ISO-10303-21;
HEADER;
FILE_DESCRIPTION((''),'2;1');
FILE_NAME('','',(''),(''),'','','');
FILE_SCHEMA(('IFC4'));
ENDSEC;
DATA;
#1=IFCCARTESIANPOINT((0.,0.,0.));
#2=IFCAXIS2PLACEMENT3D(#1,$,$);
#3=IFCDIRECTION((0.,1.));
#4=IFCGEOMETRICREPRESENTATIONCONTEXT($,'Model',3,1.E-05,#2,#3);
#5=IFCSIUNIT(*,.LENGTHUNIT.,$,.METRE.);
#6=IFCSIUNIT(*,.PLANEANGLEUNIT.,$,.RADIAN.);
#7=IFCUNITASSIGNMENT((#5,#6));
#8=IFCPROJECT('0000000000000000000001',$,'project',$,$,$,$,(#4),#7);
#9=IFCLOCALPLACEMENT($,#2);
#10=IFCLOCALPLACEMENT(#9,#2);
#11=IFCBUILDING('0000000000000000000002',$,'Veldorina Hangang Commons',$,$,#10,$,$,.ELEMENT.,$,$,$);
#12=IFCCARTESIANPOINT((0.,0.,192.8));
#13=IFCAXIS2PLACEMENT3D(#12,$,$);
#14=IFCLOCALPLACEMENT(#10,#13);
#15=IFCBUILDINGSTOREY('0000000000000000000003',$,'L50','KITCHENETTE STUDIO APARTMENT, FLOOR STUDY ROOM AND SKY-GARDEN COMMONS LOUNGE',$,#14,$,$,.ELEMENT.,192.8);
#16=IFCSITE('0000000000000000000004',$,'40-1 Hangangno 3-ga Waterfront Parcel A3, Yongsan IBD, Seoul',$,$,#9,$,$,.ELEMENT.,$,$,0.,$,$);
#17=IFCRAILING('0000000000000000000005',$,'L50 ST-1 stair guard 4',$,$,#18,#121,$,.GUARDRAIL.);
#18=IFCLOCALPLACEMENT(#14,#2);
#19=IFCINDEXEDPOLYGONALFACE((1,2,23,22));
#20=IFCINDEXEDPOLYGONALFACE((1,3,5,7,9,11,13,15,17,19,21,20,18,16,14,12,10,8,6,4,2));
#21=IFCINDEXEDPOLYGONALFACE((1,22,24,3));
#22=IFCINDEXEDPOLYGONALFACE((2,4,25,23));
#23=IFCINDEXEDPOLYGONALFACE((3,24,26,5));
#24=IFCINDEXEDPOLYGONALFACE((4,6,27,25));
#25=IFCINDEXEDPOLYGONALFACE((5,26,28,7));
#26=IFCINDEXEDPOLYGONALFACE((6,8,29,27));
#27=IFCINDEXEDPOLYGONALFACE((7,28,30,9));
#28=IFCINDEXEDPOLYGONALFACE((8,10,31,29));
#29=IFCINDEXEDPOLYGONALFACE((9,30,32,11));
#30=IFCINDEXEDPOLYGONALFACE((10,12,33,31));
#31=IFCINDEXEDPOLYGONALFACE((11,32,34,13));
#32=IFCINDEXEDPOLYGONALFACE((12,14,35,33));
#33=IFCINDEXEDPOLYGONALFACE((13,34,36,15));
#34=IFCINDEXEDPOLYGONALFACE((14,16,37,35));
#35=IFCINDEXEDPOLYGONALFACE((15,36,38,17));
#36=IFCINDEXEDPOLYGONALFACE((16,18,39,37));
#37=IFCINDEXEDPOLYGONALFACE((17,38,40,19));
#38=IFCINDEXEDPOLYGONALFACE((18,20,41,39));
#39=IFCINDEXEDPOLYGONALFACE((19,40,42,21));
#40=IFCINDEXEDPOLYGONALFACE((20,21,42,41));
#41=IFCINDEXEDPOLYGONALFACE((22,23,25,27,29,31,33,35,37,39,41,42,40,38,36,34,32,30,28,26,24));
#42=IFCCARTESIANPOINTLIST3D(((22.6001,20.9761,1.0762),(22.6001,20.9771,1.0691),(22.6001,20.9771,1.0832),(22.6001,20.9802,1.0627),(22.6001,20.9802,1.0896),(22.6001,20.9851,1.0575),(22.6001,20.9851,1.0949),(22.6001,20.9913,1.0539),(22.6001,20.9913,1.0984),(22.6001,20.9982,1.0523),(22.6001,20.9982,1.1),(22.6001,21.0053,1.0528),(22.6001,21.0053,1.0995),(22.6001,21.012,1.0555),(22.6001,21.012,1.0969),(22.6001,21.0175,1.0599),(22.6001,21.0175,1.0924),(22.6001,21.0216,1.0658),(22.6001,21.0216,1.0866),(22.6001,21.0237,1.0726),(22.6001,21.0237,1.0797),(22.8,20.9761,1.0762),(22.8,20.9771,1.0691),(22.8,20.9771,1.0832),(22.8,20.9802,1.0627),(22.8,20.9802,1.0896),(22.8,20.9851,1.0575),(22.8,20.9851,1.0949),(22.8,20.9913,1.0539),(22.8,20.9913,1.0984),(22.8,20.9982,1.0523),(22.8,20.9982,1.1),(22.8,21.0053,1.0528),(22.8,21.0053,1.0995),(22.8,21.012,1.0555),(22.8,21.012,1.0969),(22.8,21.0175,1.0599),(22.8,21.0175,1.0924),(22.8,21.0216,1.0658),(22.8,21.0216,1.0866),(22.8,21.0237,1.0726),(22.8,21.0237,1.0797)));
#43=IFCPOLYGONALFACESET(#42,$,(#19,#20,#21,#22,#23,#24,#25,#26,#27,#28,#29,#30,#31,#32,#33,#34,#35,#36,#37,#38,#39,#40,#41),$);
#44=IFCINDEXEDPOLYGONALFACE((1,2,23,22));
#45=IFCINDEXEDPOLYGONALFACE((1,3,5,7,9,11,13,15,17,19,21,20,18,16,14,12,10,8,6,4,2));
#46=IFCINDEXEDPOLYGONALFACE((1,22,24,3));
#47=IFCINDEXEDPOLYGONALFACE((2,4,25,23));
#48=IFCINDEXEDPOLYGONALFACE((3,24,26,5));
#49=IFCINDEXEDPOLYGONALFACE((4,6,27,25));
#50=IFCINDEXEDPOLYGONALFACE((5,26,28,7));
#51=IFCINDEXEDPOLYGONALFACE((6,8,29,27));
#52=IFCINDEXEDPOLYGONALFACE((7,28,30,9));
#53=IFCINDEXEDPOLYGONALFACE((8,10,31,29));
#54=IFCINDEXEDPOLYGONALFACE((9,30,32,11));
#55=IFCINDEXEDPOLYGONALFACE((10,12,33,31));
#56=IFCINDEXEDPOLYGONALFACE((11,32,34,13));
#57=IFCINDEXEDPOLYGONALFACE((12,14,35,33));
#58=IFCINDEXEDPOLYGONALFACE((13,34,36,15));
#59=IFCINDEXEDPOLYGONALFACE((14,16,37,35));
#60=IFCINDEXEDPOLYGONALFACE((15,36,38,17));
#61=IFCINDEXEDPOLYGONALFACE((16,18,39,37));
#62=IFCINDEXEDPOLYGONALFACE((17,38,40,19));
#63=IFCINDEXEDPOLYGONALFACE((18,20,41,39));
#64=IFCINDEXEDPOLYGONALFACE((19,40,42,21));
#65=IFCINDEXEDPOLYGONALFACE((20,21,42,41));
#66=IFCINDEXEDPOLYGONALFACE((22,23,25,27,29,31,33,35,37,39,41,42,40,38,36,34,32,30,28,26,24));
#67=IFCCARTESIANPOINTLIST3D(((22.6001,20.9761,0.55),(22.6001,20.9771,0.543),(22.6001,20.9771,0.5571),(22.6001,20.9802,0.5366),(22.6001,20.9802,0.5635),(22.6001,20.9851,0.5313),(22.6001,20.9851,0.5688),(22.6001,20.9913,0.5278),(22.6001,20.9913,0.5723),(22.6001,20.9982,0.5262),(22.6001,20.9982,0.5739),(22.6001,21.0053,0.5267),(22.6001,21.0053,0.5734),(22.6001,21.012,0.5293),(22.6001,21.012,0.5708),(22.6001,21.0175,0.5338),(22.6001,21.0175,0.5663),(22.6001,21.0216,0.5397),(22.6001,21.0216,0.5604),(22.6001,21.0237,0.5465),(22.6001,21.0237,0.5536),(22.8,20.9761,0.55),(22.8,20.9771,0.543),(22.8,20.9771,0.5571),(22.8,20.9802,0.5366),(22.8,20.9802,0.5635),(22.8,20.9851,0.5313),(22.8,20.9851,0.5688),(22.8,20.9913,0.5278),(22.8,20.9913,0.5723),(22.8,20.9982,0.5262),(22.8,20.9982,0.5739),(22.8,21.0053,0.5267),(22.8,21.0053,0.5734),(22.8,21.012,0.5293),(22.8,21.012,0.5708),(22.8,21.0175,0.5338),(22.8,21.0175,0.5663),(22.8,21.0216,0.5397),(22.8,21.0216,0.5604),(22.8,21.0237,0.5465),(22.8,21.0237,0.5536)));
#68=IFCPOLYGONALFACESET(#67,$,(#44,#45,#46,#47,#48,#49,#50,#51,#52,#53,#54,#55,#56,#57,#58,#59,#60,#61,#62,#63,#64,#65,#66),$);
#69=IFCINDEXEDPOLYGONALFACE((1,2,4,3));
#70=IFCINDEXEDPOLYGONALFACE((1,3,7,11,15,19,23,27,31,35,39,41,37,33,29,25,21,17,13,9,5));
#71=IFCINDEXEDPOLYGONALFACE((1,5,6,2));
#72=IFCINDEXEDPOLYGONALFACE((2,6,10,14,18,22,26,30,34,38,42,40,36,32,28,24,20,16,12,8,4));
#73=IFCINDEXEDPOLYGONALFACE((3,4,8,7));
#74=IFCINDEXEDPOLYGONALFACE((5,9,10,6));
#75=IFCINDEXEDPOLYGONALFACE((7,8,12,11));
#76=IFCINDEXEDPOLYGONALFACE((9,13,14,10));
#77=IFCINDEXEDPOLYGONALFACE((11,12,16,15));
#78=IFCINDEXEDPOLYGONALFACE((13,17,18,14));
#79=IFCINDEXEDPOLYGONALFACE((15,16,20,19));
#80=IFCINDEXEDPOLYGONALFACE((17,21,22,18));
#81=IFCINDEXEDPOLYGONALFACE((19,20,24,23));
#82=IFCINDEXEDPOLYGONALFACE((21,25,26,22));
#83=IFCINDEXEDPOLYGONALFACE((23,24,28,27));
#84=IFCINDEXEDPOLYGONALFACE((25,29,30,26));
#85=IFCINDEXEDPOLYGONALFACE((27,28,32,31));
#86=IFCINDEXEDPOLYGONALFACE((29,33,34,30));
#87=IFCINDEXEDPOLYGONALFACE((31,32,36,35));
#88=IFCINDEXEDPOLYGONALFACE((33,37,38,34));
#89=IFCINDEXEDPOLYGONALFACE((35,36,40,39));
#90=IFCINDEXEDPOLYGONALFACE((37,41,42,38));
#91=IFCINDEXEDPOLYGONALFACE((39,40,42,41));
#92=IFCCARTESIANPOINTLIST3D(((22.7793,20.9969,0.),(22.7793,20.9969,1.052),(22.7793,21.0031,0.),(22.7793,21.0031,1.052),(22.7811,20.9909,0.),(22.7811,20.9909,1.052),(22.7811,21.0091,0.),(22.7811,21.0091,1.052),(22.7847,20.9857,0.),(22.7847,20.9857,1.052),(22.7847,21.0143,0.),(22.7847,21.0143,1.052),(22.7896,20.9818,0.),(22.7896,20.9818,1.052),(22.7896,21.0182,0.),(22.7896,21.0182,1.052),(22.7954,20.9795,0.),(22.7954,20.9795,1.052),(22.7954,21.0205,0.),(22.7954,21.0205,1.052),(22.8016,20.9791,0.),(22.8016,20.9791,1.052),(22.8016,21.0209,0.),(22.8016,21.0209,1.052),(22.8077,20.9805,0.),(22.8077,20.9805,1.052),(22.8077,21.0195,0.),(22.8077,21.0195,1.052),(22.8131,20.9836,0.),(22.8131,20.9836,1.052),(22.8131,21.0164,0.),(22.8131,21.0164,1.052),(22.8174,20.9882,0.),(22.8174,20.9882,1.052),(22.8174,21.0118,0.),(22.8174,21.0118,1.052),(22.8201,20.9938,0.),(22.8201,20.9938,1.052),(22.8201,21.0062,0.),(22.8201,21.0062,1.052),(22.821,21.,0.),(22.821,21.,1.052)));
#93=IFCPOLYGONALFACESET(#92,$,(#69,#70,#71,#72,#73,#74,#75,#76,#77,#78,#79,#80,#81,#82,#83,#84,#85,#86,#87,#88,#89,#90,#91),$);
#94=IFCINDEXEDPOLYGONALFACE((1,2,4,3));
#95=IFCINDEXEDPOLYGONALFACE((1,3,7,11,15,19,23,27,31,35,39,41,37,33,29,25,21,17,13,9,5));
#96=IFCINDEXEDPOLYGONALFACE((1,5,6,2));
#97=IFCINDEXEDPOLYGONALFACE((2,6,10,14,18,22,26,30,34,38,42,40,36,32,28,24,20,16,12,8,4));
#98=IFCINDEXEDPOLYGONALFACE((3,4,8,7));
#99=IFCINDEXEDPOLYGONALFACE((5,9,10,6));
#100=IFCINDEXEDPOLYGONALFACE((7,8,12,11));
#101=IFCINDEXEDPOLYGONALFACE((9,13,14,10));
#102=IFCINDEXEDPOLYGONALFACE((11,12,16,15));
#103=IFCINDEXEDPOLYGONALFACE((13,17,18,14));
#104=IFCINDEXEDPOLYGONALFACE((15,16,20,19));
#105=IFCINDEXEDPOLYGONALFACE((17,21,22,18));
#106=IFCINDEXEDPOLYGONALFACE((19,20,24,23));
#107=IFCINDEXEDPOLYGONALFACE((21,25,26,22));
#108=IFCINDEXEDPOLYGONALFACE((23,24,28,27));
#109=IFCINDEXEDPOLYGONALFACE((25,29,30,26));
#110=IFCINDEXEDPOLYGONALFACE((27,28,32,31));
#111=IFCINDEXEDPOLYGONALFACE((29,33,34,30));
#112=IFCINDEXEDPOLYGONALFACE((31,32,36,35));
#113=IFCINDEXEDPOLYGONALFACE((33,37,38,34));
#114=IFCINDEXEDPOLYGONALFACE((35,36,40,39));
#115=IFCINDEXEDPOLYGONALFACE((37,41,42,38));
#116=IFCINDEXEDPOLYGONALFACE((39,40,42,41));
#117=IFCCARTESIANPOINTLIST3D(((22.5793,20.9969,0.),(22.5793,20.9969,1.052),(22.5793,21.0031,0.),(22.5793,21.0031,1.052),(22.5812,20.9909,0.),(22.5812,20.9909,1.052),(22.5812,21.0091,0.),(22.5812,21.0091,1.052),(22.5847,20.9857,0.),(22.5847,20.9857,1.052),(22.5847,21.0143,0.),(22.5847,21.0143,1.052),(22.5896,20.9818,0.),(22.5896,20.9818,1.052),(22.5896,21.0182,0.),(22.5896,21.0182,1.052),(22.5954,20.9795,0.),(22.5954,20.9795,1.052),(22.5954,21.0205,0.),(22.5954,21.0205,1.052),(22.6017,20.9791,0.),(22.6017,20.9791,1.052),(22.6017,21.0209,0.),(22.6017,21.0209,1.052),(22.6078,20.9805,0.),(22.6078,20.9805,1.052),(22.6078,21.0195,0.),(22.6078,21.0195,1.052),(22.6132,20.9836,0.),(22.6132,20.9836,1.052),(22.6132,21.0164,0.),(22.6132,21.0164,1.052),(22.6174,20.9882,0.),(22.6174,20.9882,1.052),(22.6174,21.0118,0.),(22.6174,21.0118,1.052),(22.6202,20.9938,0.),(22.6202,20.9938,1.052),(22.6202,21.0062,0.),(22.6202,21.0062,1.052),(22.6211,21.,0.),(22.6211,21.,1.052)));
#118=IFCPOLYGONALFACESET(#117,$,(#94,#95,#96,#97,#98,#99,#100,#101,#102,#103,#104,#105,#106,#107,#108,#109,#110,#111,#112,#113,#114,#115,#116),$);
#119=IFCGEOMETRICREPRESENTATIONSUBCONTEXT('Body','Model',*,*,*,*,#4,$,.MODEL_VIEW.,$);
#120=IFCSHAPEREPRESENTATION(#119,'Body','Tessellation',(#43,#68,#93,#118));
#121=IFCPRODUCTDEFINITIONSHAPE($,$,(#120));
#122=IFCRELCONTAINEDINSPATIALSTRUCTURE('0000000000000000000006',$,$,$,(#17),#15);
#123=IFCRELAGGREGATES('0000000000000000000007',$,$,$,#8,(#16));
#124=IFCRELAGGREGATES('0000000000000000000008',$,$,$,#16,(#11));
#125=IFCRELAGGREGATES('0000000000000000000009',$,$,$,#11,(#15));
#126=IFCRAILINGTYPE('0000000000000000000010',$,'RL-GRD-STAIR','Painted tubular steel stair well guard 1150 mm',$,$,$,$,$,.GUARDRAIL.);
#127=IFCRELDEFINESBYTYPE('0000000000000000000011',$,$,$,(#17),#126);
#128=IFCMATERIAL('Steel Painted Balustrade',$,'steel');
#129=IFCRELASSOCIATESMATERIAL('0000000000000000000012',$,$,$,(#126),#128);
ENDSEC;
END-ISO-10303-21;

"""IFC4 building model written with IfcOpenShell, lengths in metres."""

from ifc_helpers import new_model, si_unit, direction, frame, origin, origin_2d, place, context, subcontext, project, spatial, circle, extrude, material, type_object, element, save


model = new_model("IFC4")

# Units and contexts
model_context = context("Model", 3, precision=1e-05, world=origin(), true_north=direction((0.0, 1.0)))
body_context = subcontext(model_context, "Body", "Model", "MODEL_VIEW")
ifc_project = project(units=[si_unit("LENGTHUNIT", "METRE"), si_unit("PLANEANGLEUNIT", "RADIAN")], contexts=[model_context])

# Site, building, storey
site_placement = place(None, origin())
site = spatial("IfcSite", under=ifc_project, at=site_placement, Name="40-1 Hangangno 3-ga Waterfront Parcel A3, Yongsan IBD, Seoul", CompositionType="ELEMENT", RefElevation=0.0)
building_placement = place(site_placement, origin())
building = spatial("IfcBuilding", under=site, at=building_placement, Name="Veldorina Hangang Commons", CompositionType="ELEMENT")
storey_placement = place(building_placement, frame((0.0, 0.0, 192.8)))
storey = spatial("IfcBuildingStorey", under=building, at=storey_placement, Name="L50", Description="KITCHENETTE STUDIO APARTMENT, FLOOR STUDY ROOM AND SKY-GARDEN COMMONS LOUNGE", CompositionType="ELEMENT", Elevation=192.8)

# Railing
ifc_material_1 = material(Name="Steel Painted Balustrade", Category="steel")
railing_type_1 = type_object("IfcRailingType", Name="RL-GRD-STAIR", Description="Painted tubular steel stair well guard 1150 mm", PredefinedType="GUARDRAIL", material=ifc_material_1)
railing_1_placement = place(storey_placement, frame((22.8, 21.0, 0.0)))
element("IfcRailing", 1, at=railing_1_placement, inside=storey, type_object=railing_type_1, Name="L50 ST-1 stair guard 4", PredefinedType="GUARDRAIL", context=body_context, shape_type="SweptSolid", body=[
    extrude(circle(Radius=0.0239, at=origin_2d()), frame((0.0, 0.0, 1.0762), z_axis=(-1.0, 0.0, 0.0), x_axis=(0.0, -1.0, 0.0)), (0.0, 0.0, 1.0), 0.2),
    extrude(circle(Radius=0.0239, at=origin_2d()), frame((0.0, 0.0, 0.55), z_axis=(-1.0, 0.0, 0.0), x_axis=(0.0, -1.0, 0.0)), (0.0, 0.0, 1.0), 0.2),
    extrude(circle(Radius=0.021, at=origin_2d()), origin(), (0.0, 0.0, 1.0), 1.052),
    extrude(circle(Radius=0.021, at=origin_2d()), frame((-0.2, 0.0, 0.0)), (0.0, 0.0, 1.0), 1.052),
])

save(model, "model.ifc")
